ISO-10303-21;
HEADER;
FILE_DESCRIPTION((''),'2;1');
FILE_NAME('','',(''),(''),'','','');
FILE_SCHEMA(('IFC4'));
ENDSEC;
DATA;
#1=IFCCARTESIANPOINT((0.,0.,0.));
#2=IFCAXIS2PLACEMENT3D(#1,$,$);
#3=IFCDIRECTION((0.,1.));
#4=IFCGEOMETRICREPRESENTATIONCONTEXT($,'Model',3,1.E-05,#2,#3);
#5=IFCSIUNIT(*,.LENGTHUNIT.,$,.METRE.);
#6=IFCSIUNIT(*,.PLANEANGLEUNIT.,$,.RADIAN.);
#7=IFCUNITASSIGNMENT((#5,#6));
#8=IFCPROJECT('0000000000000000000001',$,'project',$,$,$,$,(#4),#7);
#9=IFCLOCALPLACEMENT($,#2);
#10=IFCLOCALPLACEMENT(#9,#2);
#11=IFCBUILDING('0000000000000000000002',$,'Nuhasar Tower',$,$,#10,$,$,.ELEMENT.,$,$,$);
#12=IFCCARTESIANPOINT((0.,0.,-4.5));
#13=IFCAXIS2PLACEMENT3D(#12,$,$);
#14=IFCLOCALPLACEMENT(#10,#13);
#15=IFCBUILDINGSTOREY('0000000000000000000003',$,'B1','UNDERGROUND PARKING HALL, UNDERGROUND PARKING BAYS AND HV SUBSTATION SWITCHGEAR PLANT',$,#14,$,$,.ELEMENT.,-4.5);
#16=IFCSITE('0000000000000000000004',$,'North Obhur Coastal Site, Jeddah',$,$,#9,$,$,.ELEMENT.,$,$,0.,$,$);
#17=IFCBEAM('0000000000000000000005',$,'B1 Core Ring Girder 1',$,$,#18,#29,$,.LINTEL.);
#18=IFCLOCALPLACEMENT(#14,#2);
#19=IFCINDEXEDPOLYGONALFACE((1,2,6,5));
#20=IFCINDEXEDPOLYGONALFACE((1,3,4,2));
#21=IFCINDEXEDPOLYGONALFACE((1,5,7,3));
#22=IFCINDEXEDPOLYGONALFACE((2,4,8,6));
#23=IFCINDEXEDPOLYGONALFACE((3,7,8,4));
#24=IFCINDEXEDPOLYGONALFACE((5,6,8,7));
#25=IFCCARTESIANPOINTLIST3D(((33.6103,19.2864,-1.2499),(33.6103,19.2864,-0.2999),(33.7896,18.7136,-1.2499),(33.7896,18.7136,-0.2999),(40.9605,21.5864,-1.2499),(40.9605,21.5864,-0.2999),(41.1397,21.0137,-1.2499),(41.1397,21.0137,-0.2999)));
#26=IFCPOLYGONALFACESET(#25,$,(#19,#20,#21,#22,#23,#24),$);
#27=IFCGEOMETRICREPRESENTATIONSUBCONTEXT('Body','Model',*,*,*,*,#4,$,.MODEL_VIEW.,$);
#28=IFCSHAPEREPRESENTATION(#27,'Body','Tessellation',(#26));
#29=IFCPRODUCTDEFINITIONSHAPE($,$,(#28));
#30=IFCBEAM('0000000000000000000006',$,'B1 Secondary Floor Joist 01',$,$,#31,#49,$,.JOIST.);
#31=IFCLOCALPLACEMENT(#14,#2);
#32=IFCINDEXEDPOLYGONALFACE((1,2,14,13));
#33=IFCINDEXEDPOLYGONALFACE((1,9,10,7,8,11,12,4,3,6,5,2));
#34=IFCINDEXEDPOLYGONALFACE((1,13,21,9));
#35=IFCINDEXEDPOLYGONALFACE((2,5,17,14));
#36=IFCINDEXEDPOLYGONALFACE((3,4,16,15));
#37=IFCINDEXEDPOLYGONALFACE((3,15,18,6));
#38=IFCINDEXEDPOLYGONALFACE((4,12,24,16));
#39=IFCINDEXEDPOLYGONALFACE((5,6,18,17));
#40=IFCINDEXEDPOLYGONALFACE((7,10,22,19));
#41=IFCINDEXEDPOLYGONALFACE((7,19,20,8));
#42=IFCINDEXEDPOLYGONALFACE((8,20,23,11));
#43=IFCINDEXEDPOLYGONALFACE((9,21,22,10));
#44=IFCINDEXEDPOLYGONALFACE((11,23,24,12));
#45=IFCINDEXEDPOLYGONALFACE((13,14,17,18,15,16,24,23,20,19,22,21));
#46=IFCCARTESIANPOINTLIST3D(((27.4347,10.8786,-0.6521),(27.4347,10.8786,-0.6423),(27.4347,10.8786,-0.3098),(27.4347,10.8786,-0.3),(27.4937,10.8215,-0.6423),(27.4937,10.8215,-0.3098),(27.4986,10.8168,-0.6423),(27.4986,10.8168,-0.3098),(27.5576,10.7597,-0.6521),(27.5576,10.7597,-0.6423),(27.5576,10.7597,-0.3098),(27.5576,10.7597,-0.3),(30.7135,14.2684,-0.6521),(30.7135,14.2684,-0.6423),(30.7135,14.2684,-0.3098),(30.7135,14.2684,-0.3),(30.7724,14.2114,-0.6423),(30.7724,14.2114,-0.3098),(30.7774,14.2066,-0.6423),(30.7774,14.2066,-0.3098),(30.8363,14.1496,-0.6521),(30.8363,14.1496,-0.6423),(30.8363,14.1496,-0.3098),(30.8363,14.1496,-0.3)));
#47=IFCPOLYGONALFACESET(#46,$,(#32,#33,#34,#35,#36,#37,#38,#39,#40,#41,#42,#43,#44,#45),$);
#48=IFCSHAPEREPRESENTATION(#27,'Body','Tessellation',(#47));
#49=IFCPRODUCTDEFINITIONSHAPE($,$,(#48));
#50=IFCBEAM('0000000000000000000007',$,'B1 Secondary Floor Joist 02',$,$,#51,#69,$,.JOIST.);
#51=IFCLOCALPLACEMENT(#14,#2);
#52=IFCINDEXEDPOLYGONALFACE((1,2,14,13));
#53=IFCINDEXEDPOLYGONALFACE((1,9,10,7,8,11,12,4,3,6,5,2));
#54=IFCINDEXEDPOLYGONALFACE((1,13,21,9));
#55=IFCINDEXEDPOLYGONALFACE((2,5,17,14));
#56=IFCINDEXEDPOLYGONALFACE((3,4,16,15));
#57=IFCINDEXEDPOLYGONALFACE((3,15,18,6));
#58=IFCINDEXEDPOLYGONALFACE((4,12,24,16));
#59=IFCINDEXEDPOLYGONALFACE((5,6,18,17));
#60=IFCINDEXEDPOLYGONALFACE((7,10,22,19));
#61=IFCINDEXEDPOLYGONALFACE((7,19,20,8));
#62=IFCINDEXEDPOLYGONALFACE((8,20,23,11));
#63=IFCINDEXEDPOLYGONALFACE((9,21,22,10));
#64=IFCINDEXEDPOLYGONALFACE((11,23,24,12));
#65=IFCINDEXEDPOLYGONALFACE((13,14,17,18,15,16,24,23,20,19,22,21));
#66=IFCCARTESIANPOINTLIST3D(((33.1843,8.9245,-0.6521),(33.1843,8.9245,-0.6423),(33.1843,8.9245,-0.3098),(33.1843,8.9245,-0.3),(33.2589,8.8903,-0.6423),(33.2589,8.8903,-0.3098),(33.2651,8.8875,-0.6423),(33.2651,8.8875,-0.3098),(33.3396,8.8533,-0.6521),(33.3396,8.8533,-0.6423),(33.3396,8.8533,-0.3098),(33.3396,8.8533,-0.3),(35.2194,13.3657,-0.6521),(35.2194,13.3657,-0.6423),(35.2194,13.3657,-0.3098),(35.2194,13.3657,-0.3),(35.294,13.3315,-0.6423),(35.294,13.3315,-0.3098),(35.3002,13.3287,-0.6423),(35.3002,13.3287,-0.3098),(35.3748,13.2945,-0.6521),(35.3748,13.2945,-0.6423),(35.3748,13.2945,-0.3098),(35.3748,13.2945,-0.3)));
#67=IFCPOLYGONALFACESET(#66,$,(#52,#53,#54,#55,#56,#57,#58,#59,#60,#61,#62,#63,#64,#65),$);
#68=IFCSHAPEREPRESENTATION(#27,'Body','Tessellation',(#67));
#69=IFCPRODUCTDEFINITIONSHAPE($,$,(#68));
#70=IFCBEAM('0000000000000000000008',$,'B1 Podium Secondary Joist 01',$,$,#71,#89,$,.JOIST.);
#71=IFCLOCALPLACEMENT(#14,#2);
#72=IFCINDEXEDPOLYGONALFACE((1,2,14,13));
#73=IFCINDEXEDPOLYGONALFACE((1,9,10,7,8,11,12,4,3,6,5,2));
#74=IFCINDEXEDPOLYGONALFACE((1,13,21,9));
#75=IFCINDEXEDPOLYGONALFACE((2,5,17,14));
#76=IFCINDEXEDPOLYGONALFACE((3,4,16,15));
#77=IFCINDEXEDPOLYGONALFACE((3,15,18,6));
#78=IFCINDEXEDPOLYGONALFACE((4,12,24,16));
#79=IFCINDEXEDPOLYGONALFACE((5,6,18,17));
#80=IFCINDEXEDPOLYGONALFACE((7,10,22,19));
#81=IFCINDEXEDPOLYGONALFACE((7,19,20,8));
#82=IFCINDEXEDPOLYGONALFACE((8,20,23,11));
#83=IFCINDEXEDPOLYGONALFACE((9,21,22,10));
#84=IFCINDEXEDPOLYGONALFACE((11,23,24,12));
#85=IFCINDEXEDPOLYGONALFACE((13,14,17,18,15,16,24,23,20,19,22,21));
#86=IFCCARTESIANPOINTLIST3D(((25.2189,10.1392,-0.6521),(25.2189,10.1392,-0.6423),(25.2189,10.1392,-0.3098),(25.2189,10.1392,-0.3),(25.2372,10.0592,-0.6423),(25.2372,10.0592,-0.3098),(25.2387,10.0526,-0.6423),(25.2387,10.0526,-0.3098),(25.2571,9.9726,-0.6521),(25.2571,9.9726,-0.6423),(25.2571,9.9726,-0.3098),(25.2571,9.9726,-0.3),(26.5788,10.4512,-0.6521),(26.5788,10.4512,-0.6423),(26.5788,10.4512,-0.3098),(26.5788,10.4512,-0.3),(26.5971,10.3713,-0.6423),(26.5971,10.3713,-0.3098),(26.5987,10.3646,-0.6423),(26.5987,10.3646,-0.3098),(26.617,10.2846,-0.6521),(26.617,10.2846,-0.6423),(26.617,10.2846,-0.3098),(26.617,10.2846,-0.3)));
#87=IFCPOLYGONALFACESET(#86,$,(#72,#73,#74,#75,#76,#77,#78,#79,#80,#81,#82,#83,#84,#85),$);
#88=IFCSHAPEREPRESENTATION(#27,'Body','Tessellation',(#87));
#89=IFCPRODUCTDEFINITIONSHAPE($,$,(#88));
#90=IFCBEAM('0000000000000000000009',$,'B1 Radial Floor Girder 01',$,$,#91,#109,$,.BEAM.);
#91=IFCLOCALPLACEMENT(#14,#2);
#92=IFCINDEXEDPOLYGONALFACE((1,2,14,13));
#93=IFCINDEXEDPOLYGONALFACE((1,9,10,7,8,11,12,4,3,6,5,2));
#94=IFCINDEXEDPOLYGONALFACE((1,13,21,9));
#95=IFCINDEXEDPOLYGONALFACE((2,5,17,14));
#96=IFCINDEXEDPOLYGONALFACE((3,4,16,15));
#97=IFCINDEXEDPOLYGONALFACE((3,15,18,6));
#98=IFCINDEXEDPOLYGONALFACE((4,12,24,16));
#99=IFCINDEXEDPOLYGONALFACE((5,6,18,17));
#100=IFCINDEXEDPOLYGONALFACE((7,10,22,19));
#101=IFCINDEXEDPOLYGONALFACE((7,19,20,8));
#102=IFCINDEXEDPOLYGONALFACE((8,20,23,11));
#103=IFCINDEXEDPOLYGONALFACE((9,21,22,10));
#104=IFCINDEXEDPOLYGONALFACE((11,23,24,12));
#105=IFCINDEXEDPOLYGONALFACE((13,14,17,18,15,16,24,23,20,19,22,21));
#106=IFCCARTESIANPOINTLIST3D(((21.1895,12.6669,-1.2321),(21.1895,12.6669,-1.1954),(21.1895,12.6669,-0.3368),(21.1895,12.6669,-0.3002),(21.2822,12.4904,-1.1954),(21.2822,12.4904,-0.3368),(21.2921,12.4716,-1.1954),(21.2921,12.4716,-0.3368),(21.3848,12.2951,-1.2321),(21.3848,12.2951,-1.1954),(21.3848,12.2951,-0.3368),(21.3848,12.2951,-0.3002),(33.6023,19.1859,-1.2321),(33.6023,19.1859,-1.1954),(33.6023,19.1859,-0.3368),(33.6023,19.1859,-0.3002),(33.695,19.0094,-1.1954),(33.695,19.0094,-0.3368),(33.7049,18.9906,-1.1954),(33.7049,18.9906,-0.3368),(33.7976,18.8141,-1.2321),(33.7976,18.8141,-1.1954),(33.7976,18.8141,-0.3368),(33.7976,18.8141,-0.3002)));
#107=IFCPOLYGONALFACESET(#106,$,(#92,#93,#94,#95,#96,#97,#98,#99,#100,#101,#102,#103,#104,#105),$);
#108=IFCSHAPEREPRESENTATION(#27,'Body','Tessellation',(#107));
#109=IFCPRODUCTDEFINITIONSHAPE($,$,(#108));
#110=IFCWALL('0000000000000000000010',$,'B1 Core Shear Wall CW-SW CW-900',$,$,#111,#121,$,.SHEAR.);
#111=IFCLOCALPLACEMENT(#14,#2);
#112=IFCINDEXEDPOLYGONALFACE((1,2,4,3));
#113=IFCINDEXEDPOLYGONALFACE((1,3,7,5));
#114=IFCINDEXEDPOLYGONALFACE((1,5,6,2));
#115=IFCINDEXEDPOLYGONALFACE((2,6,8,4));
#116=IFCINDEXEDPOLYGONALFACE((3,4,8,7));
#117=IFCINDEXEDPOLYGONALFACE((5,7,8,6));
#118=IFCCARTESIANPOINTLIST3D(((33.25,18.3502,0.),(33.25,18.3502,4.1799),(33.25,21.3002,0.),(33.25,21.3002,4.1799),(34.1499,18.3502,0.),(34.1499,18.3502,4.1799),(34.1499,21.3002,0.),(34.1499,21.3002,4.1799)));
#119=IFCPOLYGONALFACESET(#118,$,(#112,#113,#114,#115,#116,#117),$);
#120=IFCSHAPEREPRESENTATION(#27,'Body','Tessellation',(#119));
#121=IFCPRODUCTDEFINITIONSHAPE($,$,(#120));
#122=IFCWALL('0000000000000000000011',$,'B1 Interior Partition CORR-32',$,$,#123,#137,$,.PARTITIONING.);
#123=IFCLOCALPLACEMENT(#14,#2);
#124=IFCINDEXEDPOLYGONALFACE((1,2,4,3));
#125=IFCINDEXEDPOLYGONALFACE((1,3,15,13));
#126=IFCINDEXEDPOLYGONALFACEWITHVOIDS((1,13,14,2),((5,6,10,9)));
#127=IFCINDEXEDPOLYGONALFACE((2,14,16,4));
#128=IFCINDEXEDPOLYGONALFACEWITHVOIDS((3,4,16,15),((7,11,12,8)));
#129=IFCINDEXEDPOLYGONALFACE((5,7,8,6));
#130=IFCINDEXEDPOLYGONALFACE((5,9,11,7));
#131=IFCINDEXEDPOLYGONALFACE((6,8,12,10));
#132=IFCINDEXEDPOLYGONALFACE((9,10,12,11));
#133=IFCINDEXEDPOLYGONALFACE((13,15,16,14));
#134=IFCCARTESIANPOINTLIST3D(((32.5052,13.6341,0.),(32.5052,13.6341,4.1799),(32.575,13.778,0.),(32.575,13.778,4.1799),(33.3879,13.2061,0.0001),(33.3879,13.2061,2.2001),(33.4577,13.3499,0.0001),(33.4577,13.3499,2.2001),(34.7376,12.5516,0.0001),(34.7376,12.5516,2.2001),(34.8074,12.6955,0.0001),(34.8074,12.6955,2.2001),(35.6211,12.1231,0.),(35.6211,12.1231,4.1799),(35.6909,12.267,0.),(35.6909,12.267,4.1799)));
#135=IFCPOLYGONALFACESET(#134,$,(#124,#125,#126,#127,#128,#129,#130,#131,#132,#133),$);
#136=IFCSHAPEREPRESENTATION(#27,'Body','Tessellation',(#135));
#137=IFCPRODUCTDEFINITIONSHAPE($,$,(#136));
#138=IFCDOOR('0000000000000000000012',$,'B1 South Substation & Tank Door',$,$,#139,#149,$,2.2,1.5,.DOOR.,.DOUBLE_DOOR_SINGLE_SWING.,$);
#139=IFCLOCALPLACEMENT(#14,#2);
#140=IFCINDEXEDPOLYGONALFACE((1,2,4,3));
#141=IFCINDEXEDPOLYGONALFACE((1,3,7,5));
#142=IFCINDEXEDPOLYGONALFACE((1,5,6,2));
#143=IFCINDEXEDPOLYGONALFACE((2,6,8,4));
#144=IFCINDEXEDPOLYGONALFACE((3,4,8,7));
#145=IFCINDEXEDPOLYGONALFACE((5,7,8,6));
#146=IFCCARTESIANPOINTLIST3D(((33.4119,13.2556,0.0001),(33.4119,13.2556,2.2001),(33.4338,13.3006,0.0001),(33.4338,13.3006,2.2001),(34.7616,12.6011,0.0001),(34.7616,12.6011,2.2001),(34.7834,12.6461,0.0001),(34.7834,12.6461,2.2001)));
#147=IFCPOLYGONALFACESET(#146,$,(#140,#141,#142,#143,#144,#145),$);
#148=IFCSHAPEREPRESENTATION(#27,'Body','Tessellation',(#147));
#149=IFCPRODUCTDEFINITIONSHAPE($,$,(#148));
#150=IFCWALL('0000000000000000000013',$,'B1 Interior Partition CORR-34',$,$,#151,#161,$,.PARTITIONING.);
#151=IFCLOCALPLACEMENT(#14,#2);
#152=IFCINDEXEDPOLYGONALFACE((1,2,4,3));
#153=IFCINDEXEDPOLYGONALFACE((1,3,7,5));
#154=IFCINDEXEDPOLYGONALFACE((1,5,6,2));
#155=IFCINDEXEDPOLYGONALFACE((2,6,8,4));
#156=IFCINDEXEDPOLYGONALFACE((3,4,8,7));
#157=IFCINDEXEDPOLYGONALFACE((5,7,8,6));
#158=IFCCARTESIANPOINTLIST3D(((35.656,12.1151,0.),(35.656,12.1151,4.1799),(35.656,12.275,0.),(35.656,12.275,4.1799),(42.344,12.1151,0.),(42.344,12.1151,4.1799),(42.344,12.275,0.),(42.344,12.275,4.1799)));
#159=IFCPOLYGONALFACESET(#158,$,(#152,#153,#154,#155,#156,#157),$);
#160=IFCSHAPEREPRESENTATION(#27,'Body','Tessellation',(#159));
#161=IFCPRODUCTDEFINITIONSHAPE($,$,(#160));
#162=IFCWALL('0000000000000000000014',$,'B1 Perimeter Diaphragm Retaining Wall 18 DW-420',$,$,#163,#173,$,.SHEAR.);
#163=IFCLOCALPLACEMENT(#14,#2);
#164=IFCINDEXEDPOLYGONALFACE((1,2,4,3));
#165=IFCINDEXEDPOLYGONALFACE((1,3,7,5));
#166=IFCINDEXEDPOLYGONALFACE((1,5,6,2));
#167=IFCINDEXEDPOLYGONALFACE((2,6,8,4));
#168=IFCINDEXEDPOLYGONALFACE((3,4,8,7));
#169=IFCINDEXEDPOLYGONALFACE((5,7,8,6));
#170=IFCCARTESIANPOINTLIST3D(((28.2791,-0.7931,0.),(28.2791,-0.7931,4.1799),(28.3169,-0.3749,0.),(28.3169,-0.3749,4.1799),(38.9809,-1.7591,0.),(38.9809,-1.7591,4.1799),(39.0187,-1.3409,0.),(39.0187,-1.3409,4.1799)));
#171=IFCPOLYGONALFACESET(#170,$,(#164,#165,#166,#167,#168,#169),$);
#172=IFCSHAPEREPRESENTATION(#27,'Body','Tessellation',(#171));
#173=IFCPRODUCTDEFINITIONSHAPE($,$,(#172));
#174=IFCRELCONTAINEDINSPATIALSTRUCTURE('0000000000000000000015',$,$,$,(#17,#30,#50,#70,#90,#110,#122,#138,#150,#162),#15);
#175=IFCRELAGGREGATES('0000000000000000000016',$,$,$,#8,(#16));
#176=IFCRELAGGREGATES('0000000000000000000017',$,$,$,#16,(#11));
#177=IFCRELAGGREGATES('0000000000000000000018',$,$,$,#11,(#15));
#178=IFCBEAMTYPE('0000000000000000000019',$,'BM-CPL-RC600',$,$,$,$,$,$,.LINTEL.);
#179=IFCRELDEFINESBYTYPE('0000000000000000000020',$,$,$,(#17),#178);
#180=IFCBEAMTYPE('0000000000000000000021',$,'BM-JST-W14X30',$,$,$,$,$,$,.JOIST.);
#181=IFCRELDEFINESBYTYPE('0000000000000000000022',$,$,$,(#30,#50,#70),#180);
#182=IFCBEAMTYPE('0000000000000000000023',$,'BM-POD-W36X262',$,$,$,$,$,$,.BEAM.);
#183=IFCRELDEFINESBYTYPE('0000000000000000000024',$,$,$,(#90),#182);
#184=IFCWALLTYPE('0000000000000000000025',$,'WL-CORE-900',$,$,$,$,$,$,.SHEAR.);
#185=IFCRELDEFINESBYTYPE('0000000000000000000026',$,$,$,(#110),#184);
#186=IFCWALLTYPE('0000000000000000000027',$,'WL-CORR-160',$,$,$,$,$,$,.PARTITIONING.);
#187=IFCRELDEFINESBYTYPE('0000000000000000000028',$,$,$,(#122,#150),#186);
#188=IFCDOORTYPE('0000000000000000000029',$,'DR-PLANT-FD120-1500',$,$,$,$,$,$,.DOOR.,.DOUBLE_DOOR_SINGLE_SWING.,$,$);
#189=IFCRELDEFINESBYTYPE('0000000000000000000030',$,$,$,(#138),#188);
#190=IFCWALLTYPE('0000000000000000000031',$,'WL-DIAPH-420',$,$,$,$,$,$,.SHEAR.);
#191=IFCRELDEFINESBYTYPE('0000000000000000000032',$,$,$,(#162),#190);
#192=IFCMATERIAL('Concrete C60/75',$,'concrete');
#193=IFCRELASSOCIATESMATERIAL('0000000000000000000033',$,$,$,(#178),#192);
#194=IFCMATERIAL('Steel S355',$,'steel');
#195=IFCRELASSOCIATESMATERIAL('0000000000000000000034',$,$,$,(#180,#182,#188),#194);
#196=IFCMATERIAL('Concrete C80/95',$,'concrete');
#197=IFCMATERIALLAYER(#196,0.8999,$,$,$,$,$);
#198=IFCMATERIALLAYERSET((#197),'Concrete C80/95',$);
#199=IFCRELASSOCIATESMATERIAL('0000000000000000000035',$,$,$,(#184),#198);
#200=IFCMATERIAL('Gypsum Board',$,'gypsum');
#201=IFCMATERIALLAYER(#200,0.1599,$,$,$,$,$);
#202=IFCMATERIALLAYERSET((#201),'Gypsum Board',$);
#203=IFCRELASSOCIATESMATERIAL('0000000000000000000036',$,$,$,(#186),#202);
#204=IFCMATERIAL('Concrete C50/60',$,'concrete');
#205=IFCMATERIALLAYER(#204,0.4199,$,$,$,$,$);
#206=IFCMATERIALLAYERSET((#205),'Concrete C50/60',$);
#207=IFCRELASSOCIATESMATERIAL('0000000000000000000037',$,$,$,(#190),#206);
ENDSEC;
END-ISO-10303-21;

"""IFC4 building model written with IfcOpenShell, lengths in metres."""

from ifc_helpers import new_model, si_unit, direction, frame, frame_2d, origin, origin_2d, place, context, subcontext, project, spatial, rectangle, i_section, extrude, material, layer, layer_set, material_profile, profile_set, type_object, element, fill, save


model = new_model("IFC4")

# Units and contexts
model_context = context("Model", 3, precision=1e-05, world=origin(), true_north=direction((0.0, 1.0)))
body_context = subcontext(model_context, "Body", "Model", "MODEL_VIEW")
ifc_project = project(units=[si_unit("LENGTHUNIT", "METRE"), si_unit("PLANEANGLEUNIT", "RADIAN")], contexts=[model_context])

# Site, building, storey
site_placement = place(None, origin())
site = spatial("IfcSite", under=ifc_project, at=site_placement, Name="North Obhur Coastal Site, Jeddah", CompositionType="ELEMENT", RefElevation=0.0)
building_placement = place(site_placement, origin())
building = spatial("IfcBuilding", under=site, at=building_placement, Name="Nuhasar Tower", CompositionType="ELEMENT")
storey_placement = place(building_placement, frame((0.0, 0.0, -4.5)))
storey = spatial("IfcBuildingStorey", under=building, at=storey_placement, Name="B1", Description="UNDERGROUND PARKING HALL, UNDERGROUND PARKING BAYS AND HV SUBSTATION SWITCHGEAR PLANT", CompositionType="ELEMENT", Elevation=-4.5)

# Beams
ifc_material_1 = material(Name="Concrete C60/75", Category="concrete")
ifc_material_profile_1 = material_profile(ifc_material_1, rectangle(XDim=0.6001, YDim=0.95, at=origin_2d()), Name="RC600X950")
ifc_profile_set_1 = profile_set([ifc_material_profile_1], Name="Concrete C60/75")
beam_type_1 = type_object("IfcBeamType", Name="BM-CPL-RC600", PredefinedType="LINTEL", material=ifc_profile_set_1)
beam_1_placement = place(storey_placement, frame((33.7, 19.0, -0.7749), z_axis=(0.954364, 0.298647, 0.0), x_axis=(-0.298647, 0.954364, 0.0)))
element("IfcBeam", 1, at=beam_1_placement, inside=storey, type_object=beam_type_1, Name="B1 Core Ring Girder 1", PredefinedType="LINTEL", context=body_context, shape_type="SweptSolid", body=[
    extrude(rectangle(XDim=0.6001, YDim=0.95, at=origin_2d()), origin(), (0.0, 0.0, 1.0), 7.7017),
])
ifc_material_2 = material(Name="Steel S355", Category="steel")
ifc_material_profile_2 = material_profile(ifc_material_2, i_section(OverallWidth=0.1709, OverallDepth=0.3521, WebThickness=0.0068, FlangeThickness=0.0098, at=origin_2d()), Name="W14X30")
ifc_profile_set_2 = profile_set([ifc_material_profile_2], Name="Steel S355")
beam_type_2 = type_object("IfcBeamType", Name="BM-JST-W14X30", PredefinedType="JOIST", material=ifc_profile_set_2)
beam_2_placement = place(storey_placement, frame((30.7749, 14.209, -0.4761), z_axis=(-0.695232, -0.718786, 0.0), x_axis=(0.718786, -0.695232, 0.0)))
element("IfcBeam", 2, at=beam_2_placement, inside=storey, type_object=beam_type_2, Name="B1 Secondary Floor Joist 01", PredefinedType="JOIST", context=body_context, shape_type="SweptSolid", body=[
    extrude(i_section(OverallWidth=0.1709, OverallDepth=0.3521, WebThickness=0.0068, FlangeThickness=0.0098, at=origin_2d()), origin(), (0.0, 0.0, 1.0), 4.7161),
])
beam_3_placement = place(storey_placement, frame((35.2971, 13.3301, -0.4761), z_axis=(-0.416591, -0.909094, 0.0), x_axis=(0.909094, -0.416591, 0.0)))
element("IfcBeam", 3, at=beam_3_placement, inside=storey, type_object=beam_type_2, Name="B1 Secondary Floor Joist 02", PredefinedType="JOIST", context=body_context, shape_type="SweptSolid", body=[
    extrude(i_section(OverallWidth=0.1709, OverallDepth=0.3521, WebThickness=0.0068, FlangeThickness=0.0098, at=origin_2d()), origin(), (0.0, 0.0, 1.0), 4.8853),
])
beam_4_placement = place(storey_placement, frame((26.5979, 10.3679, -0.4761), z_axis=(-0.974674, -0.223632, 0.0), x_axis=(0.223632, -0.974674, 0.0)))
element("IfcBeam", 4, at=beam_4_placement, inside=storey, type_object=beam_type_2, Name="B1 Podium Secondary Joist 01", PredefinedType="JOIST", context=body_context, shape_type="SweptSolid", body=[
    extrude(i_section(OverallWidth=0.1709, OverallDepth=0.3521, WebThickness=0.0068, FlangeThickness=0.0098, at=origin_2d()), origin(), (0.0, 0.0, 1.0), 1.3953),
])
ifc_material_profile_3 = material_profile(ifc_material_2, i_section(OverallWidth=0.4199, OverallDepth=0.9319, WebThickness=0.0212, FlangeThickness=0.0366, at=origin_2d()), Name="W36X262")
ifc_profile_set_3 = profile_set([ifc_material_profile_3], Name="Steel S355")
beam_type_3 = type_object("IfcBeamType", Name="BM-POD-W36X262", PredefinedType="BEAM", material=ifc_profile_set_3)
beam_5_placement = place(storey_placement, frame((33.7, 19.0, -0.7661), z_axis=(-0.88533, -0.464963, 0.0), x_axis=(0.464963, -0.88533, 0.0)))
element("IfcBeam", 5, at=beam_5_placement, inside=storey, type_object=beam_type_3, Name="B1 Radial Floor Girder 01", PredefinedType="BEAM", context=body_context, shape_type="SweptSolid", body=[
    extrude(i_section(OverallWidth=0.4199, OverallDepth=0.9319, WebThickness=0.0212, FlangeThickness=0.0366, at=origin_2d()), origin(), (0.0, 0.0, 1.0), 14.0205),
])

# Wall
ifc_material_3 = material(Name="Concrete C80/95", Category="concrete")
ifc_layer_1 = layer(ifc_material_3, 0.8999)
ifc_layer_set_1 = layer_set([ifc_layer_1], Name="Concrete C80/95")
wall_type_1 = type_object("IfcWallType", Name="WL-CORE-900", PredefinedType="SHEAR", material=ifc_layer_set_1)
wall_1_placement = place(storey_placement, frame((33.7, 18.3501, 0.0), z_axis=(0.0, 0.0, 1.0), x_axis=(0.0, 1.0, 0.0)))
element("IfcWall", 6, at=wall_1_placement, inside=storey, type_object=wall_type_1, Name="B1 Core Shear Wall CW-SW CW-900", PredefinedType="SHEAR", context=body_context, shape_type="SweptSolid", body=[
    extrude(rectangle(XDim=2.95, YDim=0.8999, at=frame_2d((1.4751, 0.0))), origin(), (0.0, 0.0, 1.0), 4.1799),
])

# Wall, opening, door
ifc_material_4 = material(Name="Gypsum Board", Category="gypsum")
ifc_layer_2 = layer(ifc_material_4, 0.1599)
ifc_layer_set_2 = layer_set([ifc_layer_2], Name="Gypsum Board")
wall_type_2 = type_object("IfcWallType", Name="WL-CORR-160", PredefinedType="PARTITIONING", material=ifc_layer_set_2)
wall_2_placement = place(storey_placement, frame((35.656, 12.1951, 0.0), z_axis=(0.0, 0.0, 1.0), x_axis=(-0.89979, 0.436324, 0.0)))
wall_2 = element("IfcWall", 7, at=wall_2_placement, inside=storey, type_object=wall_type_2, Name="B1 Interior Partition CORR-32", PredefinedType="PARTITIONING", context=body_context, shape_type="SweptSolid", body=[
    extrude(rectangle(XDim=3.4629, YDim=0.1599, at=frame_2d((1.7314, 0.0))), origin(), (0.0, 0.0, 1.0), 4.1799),
])
opening_1_placement = place(wall_2_placement, frame((0.9819, 0.0, 0.0)))
opening_1 = element("IfcOpeningElement", 8, at=opening_1_placement, cuts=wall_2, PredefinedType="OPENING", context=body_context, shape_type="SweptSolid", body=[
    extrude(rectangle(XDim=1.5, YDim=2.2, at=frame_2d((0.75, 1.1001))), frame((0.0, 0.0898, 0.0), z_axis=(0.0, -1.0, 0.0), x_axis=(1.0, 0.0, 0.0)), (0.0, 0.0, 1.0), 0.1799),
])
door_type_1 = type_object("IfcDoorType", Name="DR-PLANT-FD120-1500", OperationType="DOUBLE_DOOR_SINGLE_SWING", PredefinedType="DOOR", material=ifc_material_2)
door_1_placement = place(opening_1_placement, origin())
door_1 = element("IfcDoor", 9, at=door_1_placement, inside=storey, type_object=door_type_1, Name="B1 South Substation & Tank Door", OperationType="DOUBLE_DOOR_SINGLE_SWING", OverallHeight=2.2, OverallWidth=1.5, PredefinedType="DOOR", context=body_context, shape_type="SweptSolid", body=[
    extrude(rectangle(XDim=1.5, YDim=2.2, at=frame_2d((0.75, 1.1001))), frame((0.0, 0.0249, 0.0), z_axis=(0.0, -1.0, 0.0), x_axis=(1.0, 0.0, 0.0)), (0.0, 0.0, 1.0), 0.05),
])
fill(opening_1, door_1)

# Walls
wall_3_placement = place(storey_placement, frame((35.656, 12.1951, 0.0), z_axis=(0.0, 0.0, 1.0), x_axis=(1.0, 0.0, 0.0)))
element("IfcWall", 10, at=wall_3_placement, inside=storey, type_object=wall_type_2, Name="B1 Interior Partition CORR-34", PredefinedType="PARTITIONING", context=body_context, shape_type="SweptSolid", body=[
    extrude(rectangle(XDim=6.688, YDim=0.1599, at=frame_2d((3.344, 0.0))), origin(), (0.0, 0.0, 1.0), 4.1799),
])
ifc_material_5 = material(Name="Concrete C50/60", Category="concrete")
ifc_layer_3 = layer(ifc_material_5, 0.4199)
ifc_layer_set_3 = layer_set([ifc_layer_3], Name="Concrete C50/60")
wall_type_3 = type_object("IfcWallType", Name="WL-DIAPH-420", PredefinedType="SHEAR", material=ifc_layer_set_3)
wall_4_placement = place(storey_placement, frame((28.2981, -0.584, 0.0), z_axis=(0.0, 0.0, 1.0), x_axis=(0.99595, -0.089905, 0.0)))
element("IfcWall", 11, at=wall_4_placement, inside=storey, type_object=wall_type_3, Name="B1 Perimeter Diaphragm Retaining Wall 18 DW-420", PredefinedType="SHEAR", context=body_context, shape_type="SweptSolid", body=[
    extrude(rectangle(XDim=10.7454, YDim=0.4199, at=frame_2d((5.3726, 0.0))), origin(), (0.0, 0.0, 1.0), 4.1799),
])

save(model, "model.ifc")
